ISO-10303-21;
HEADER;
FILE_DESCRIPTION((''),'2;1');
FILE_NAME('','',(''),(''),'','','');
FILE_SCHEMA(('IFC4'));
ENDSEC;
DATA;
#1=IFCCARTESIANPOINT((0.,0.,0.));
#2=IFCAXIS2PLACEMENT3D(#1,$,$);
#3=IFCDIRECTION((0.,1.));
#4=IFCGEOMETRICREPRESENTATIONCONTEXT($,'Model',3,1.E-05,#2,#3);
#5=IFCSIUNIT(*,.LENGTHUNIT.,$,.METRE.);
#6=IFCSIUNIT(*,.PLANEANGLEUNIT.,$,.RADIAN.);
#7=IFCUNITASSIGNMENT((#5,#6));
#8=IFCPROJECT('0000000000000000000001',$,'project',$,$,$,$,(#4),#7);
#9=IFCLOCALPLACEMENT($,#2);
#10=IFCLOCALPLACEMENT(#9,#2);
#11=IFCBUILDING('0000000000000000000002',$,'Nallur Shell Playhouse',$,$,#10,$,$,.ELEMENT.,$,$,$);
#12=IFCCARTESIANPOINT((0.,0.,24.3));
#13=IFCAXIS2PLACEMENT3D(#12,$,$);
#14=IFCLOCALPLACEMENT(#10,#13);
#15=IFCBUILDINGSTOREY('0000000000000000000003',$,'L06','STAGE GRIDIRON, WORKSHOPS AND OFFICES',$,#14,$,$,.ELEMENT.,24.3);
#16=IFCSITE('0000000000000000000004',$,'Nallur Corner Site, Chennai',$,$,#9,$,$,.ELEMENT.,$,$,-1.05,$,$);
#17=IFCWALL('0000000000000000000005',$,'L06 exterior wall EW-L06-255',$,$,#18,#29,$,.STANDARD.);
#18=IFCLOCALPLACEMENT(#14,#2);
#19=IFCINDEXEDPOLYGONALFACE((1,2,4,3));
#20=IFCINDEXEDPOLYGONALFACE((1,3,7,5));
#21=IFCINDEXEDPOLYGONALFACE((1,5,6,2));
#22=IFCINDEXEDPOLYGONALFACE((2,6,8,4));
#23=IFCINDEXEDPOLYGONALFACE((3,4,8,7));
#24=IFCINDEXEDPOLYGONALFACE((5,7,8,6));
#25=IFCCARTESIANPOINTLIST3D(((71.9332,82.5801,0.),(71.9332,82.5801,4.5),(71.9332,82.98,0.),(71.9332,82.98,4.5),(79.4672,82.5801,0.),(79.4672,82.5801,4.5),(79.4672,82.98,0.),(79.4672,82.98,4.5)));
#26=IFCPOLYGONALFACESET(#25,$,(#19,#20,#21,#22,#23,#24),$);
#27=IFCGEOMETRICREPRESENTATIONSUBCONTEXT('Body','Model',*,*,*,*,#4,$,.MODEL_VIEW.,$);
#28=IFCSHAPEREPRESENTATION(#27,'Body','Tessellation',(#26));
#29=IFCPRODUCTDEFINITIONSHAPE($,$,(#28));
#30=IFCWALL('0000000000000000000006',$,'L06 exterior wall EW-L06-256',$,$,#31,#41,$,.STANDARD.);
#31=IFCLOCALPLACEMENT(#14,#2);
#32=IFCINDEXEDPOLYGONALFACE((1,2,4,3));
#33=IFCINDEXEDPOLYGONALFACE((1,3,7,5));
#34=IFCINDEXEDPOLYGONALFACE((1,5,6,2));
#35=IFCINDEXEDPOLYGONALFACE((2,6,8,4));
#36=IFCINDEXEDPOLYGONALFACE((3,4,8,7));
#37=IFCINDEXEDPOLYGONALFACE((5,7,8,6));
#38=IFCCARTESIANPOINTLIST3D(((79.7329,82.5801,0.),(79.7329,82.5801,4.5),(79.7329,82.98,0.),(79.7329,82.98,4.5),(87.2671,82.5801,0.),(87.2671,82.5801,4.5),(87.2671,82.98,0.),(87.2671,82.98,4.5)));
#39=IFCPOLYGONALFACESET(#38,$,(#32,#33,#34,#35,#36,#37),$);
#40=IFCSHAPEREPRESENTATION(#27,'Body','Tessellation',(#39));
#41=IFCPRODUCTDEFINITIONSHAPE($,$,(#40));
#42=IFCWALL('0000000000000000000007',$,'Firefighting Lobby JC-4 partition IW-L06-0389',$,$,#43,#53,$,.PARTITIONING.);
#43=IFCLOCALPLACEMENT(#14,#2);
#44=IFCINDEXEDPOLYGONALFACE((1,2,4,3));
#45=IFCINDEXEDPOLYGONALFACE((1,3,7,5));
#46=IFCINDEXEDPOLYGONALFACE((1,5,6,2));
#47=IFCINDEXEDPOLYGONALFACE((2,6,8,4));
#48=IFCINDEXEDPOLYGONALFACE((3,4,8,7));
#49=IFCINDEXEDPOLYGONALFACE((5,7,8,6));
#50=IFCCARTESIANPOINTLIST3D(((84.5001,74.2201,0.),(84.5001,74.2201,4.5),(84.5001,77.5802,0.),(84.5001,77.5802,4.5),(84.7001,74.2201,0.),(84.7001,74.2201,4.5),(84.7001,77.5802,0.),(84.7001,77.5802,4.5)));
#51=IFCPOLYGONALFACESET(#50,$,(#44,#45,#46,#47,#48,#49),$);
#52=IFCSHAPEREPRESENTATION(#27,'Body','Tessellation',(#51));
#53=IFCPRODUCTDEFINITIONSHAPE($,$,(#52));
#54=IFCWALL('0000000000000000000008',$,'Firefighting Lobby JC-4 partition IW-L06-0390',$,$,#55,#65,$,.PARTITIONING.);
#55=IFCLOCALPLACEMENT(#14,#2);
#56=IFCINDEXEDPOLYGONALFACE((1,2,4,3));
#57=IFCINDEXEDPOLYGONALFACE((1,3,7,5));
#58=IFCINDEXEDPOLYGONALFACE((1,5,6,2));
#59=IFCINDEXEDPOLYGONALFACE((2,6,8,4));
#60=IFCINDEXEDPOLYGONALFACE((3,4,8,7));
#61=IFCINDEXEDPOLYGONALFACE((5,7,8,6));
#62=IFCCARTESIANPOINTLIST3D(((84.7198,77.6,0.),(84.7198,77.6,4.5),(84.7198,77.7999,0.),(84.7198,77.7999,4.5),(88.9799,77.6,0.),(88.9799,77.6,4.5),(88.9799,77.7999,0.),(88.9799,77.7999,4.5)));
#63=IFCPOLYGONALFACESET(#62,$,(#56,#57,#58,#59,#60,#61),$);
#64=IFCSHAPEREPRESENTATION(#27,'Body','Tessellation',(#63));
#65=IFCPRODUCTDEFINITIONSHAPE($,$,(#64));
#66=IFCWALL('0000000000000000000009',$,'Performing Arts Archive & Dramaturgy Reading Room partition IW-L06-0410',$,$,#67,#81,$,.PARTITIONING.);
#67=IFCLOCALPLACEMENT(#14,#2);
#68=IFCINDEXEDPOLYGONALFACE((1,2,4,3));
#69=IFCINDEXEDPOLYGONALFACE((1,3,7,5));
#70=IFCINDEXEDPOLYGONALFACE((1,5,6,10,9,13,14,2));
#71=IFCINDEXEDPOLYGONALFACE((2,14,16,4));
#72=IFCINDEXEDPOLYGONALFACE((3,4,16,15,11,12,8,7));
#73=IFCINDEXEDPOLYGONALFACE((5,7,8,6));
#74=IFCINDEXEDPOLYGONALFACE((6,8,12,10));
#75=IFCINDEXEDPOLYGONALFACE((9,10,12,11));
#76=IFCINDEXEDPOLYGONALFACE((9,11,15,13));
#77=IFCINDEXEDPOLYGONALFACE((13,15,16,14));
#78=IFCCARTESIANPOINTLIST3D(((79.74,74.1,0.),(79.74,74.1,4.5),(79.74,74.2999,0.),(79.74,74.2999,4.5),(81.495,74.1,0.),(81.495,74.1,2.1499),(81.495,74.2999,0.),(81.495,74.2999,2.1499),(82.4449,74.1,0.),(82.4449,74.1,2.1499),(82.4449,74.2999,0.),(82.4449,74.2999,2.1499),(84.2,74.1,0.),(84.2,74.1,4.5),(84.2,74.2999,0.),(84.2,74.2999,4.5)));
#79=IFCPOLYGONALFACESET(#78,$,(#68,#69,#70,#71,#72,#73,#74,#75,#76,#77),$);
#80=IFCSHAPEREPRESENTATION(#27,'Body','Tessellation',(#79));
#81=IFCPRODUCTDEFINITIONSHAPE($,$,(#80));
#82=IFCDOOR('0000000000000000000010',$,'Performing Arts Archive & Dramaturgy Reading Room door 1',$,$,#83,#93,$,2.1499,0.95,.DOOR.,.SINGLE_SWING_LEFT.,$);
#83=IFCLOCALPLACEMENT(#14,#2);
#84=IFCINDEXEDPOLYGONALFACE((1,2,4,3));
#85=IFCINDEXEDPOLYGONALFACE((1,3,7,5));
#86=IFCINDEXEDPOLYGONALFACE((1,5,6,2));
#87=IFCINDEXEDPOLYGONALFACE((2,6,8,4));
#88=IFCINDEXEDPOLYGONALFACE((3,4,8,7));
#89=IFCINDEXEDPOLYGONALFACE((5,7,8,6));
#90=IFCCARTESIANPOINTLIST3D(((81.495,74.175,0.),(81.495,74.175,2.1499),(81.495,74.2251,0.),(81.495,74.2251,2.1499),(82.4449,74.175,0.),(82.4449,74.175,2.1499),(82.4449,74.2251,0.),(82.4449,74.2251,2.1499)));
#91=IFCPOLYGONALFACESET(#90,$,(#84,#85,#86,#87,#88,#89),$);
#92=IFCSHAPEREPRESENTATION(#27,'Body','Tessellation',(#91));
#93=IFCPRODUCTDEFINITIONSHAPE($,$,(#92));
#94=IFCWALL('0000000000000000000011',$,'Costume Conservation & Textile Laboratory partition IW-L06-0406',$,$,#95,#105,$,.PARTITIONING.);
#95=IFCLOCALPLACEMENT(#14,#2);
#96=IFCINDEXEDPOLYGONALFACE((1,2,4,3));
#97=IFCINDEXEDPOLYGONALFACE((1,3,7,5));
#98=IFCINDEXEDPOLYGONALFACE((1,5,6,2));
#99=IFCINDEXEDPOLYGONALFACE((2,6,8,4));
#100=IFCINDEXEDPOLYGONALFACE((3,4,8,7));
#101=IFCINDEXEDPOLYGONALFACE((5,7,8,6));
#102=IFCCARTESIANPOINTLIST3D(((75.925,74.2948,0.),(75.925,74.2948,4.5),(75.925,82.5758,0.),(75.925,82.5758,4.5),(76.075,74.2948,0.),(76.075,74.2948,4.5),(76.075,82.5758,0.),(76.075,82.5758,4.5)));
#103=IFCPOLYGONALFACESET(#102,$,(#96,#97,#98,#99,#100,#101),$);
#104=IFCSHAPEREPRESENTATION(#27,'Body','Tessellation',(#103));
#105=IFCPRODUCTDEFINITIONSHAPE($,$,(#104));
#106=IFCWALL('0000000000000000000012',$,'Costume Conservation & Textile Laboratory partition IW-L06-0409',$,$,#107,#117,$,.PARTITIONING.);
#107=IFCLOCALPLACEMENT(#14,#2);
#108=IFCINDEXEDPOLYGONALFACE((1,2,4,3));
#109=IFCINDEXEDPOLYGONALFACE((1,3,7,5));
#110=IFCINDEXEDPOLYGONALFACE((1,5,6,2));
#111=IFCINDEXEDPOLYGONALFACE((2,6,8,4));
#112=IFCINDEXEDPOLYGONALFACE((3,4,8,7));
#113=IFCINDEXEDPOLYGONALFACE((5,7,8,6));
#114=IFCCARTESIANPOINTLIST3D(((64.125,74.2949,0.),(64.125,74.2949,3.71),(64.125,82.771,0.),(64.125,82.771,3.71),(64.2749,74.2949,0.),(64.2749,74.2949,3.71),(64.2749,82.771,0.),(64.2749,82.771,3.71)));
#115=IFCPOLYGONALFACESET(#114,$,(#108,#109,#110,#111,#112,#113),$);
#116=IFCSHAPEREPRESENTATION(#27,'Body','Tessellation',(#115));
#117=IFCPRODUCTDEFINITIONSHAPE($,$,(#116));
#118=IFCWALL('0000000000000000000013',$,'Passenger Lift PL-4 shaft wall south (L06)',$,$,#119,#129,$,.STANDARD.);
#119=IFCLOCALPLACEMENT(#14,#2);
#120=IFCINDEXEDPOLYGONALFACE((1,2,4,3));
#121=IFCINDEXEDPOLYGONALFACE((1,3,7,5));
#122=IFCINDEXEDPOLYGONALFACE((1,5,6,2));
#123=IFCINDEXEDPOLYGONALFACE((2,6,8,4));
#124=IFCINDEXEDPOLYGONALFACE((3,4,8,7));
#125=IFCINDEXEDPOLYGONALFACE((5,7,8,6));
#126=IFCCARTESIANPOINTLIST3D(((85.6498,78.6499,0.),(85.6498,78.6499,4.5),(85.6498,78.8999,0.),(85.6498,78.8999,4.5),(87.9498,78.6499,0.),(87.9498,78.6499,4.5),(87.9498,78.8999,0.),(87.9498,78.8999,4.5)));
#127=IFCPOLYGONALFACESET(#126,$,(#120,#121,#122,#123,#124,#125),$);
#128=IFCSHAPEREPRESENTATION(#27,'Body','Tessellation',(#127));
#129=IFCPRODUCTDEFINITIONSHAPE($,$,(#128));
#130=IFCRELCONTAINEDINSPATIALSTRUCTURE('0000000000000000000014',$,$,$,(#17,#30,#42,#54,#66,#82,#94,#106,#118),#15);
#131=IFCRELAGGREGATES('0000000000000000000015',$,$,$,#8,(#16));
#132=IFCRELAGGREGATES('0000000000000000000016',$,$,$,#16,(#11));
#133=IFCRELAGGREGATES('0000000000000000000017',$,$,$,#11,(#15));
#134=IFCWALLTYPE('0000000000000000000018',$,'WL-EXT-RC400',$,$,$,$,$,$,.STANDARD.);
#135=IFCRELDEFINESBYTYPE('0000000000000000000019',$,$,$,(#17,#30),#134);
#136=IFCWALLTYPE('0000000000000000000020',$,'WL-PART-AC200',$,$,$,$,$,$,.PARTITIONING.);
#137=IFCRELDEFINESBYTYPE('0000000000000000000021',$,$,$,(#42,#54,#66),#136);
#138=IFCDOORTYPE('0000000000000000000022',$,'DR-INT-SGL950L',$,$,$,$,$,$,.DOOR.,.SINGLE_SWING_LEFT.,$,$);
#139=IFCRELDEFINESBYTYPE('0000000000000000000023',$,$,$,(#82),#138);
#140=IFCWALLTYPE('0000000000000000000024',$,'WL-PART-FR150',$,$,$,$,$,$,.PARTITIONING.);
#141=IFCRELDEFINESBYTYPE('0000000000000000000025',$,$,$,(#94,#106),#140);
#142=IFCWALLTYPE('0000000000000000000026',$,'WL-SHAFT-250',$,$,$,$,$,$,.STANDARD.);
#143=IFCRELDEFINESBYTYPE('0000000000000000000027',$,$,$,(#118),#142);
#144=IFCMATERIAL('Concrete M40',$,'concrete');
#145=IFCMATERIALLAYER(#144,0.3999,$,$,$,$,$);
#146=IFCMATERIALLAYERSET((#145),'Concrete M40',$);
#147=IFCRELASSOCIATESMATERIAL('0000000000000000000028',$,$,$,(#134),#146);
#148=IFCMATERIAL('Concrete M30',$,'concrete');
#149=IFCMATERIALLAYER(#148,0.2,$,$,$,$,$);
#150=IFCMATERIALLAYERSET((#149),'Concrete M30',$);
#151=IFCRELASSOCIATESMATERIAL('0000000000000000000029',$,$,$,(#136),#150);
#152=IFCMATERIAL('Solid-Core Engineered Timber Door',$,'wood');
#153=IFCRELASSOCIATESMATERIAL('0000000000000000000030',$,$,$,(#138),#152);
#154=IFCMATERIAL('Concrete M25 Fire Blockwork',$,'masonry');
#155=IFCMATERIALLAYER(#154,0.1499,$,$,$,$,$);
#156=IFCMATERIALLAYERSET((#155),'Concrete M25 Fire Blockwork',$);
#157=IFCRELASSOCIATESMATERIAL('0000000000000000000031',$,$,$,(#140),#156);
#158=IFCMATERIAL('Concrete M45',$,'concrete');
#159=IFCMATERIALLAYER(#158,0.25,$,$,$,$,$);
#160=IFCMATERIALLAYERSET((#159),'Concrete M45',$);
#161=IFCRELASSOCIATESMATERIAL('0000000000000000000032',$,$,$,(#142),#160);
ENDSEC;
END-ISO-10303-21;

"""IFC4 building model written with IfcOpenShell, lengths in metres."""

from ifc_helpers import new_model, si_unit, direction, frame, frame_2d, origin, place, context, subcontext, project, spatial, rectangle, extrude, material, layer, layer_set, type_object, element, fill, save


model = new_model("IFC4")

# Units and contexts
model_context = context("Model", 3, precision=1e-05, world=origin(), true_north=direction((0.0, 1.0)))
body_context = subcontext(model_context, "Body", "Model", "MODEL_VIEW")
ifc_project = project(units=[si_unit("LENGTHUNIT", "METRE"), si_unit("PLANEANGLEUNIT", "RADIAN")], contexts=[model_context])

# Site, building, storey
site_placement = place(None, origin())
site = spatial("IfcSite", under=ifc_project, at=site_placement, Name="Nallur Corner Site, Chennai", CompositionType="ELEMENT", RefElevation=-1.05)
building_placement = place(site_placement, origin())
building = spatial("IfcBuilding", under=site, at=building_placement, Name="Nallur Shell Playhouse", CompositionType="ELEMENT")
storey_placement = place(building_placement, frame((0.0, 0.0, 24.3)))
storey = spatial("IfcBuildingStorey", under=building, at=storey_placement, Name="L06", Description="STAGE GRIDIRON, WORKSHOPS AND OFFICES", CompositionType="ELEMENT", Elevation=24.3)

# Shared definitions
ifc_material_1 = material(Name="Concrete M30", Category="concrete")

# Walls
ifc_material_2 = material(Name="Concrete M40", Category="concrete")
ifc_layer_1 = layer(ifc_material_2, 0.3999)
ifc_layer_set_1 = layer_set([ifc_layer_1], Name="Concrete M40")
wall_type_1 = type_object("IfcWallType", Name="WL-EXT-RC400", PredefinedType="STANDARD", material=ifc_layer_set_1)
wall_1_placement = place(storey_placement, frame((71.9331, 82.78, 0.0), z_axis=(0.0, 0.0, 1.0), x_axis=(1.0, 0.0, 0.0)))
element("IfcWall", 1, at=wall_1_placement, inside=storey, type_object=wall_type_1, Name="L06 exterior wall EW-L06-255", PredefinedType="STANDARD", context=body_context, shape_type="SweptSolid", body=[
    extrude(rectangle(XDim=7.5339, YDim=0.3999, at=frame_2d((3.7671, 0.0))), origin(), (0.0, 0.0, 1.0), 4.5),
])
wall_2_placement = place(storey_placement, frame((79.7329, 82.78, 0.0), z_axis=(0.0, 0.0, 1.0), x_axis=(1.0, 0.0, 0.0)))
element("IfcWall", 2, at=wall_2_placement, inside=storey, type_object=wall_type_1, Name="L06 exterior wall EW-L06-256", PredefinedType="STANDARD", context=body_context, shape_type="SweptSolid", body=[
    extrude(rectangle(XDim=7.5342, YDim=0.3999, at=frame_2d((3.7671, 0.0))), origin(), (0.0, 0.0, 1.0), 4.5),
])
ifc_layer_2 = layer(ifc_material_1, 0.2)
ifc_layer_set_2 = layer_set([ifc_layer_2], Name="Concrete M30")
wall_type_2 = type_object("IfcWallType", Name="WL-PART-AC200", PredefinedType="PARTITIONING", material=ifc_layer_set_2)
wall_3_placement = place(storey_placement, frame((84.6001, 74.22, 0.0), z_axis=(0.0, 0.0, 1.0), x_axis=(0.0, 1.0, 0.0)))
element("IfcWall", 3, at=wall_3_placement, inside=storey, type_object=wall_type_2, Name="Firefighting Lobby JC-4 partition IW-L06-0389", PredefinedType="PARTITIONING", context=body_context, shape_type="SweptSolid", body=[
    extrude(rectangle(XDim=3.3601, YDim=0.2, at=frame_2d((1.6802, 0.0))), origin(), (0.0, 0.0, 1.0), 4.5),
])
wall_4_placement = place(storey_placement, frame((84.72, 77.7, 0.0), z_axis=(0.0, 0.0, 1.0), x_axis=(1.0, 0.0, 0.0)))
element("IfcWall", 4, at=wall_4_placement, inside=storey, type_object=wall_type_2, Name="Firefighting Lobby JC-4 partition IW-L06-0390", PredefinedType="PARTITIONING", context=body_context, shape_type="SweptSolid", body=[
    extrude(rectangle(XDim=4.26, YDim=0.2, at=frame_2d((2.1299, 0.0))), origin(), (0.0, 0.0, 1.0), 4.5),
])

# Wall, opening, door
wall_5_placement = place(storey_placement, frame((84.2, 74.2, 0.0), z_axis=(0.0, 0.0, 1.0), x_axis=(-1.0, 0.0, 0.0)))
wall_5 = element("IfcWall", 5, at=wall_5_placement, inside=storey, type_object=wall_type_2, Name="Performing Arts Archive & Dramaturgy Reading Room partition IW-L06-0410", PredefinedType="PARTITIONING", context=body_context, shape_type="SweptSolid", body=[
    extrude(rectangle(XDim=4.46, YDim=0.2, at=frame_2d((2.23, 0.0))), origin(), (0.0, 0.0, 1.0), 4.5),
])
opening_placement = place(wall_5_placement, frame((1.7549, 0.0, 0.0)))
opening = element("IfcOpeningElement", 6, at=opening_placement, cuts=wall_5, PredefinedType="OPENING", context=body_context, shape_type="SweptSolid", body=[
    extrude(rectangle(XDim=0.95, YDim=2.1499, at=frame_2d((0.4751, 1.075))), frame((0.0, 0.1099, 0.0), z_axis=(0.0, -1.0, 0.0), x_axis=(1.0, 0.0, 0.0)), (0.0, 0.0, 1.0), 0.22),
])
ifc_material_3 = material(Name="Solid-Core Engineered Timber Door", Category="wood")
door_type = type_object("IfcDoorType", Name="DR-INT-SGL950L", OperationType="SINGLE_SWING_LEFT", PredefinedType="DOOR", material=ifc_material_3)
door_placement = place(opening_placement, origin())
door = element("IfcDoor", 7, at=door_placement, inside=storey, type_object=door_type, Name="Performing Arts Archive & Dramaturgy Reading Room door 1", OperationType="SINGLE_SWING_LEFT", OverallHeight=2.1499, OverallWidth=0.95, PredefinedType="DOOR", context=body_context, shape_type="SweptSolid", body=[
    extrude(rectangle(XDim=0.95, YDim=2.1499, at=frame_2d((0.4751, 1.075))), frame((0.0, 0.0249, 0.0), z_axis=(0.0, -1.0, 0.0), x_axis=(1.0, 0.0, 0.0)), (0.0, 0.0, 1.0), 0.05),
])
fill(opening, door)

# Walls
ifc_material_4 = material(Name="Concrete M25 Fire Blockwork", Category="masonry")
ifc_layer_3 = layer(ifc_material_4, 0.1499)
ifc_layer_set_3 = layer_set([ifc_layer_3], Name="Concrete M25 Fire Blockwork")
wall_type_3 = type_object("IfcWallType", Name="WL-PART-FR150", PredefinedType="PARTITIONING", material=ifc_layer_set_3)
wall_6_placement = place(storey_placement, frame((76.0, 82.5759, 0.0), z_axis=(0.0, 0.0, 1.0), x_axis=(0.0, -1.0, 0.0)))
element("IfcWall", 8, at=wall_6_placement, inside=storey, type_object=wall_type_3, Name="Costume Conservation & Textile Laboratory partition IW-L06-0406", PredefinedType="PARTITIONING", context=body_context, shape_type="SweptSolid", body=[
    extrude(rectangle(XDim=8.281, YDim=0.1499, at=frame_2d((4.1406, 0.0))), origin(), (0.0, 0.0, 1.0), 4.5),
])
wall_7_placement = place(storey_placement, frame((64.2, 74.2949, 0.0), z_axis=(0.0, 0.0, 1.0), x_axis=(0.0, 1.0, 0.0)))
element("IfcWall", 9, at=wall_7_placement, inside=storey, type_object=wall_type_3, Name="Costume Conservation & Textile Laboratory partition IW-L06-0409", PredefinedType="PARTITIONING", context=body_context, shape_type="SweptSolid", body=[
    extrude(rectangle(XDim=8.4761, YDim=0.1499, at=frame_2d((4.238, 0.0))), origin(), (0.0, 0.0, 1.0), 3.71),
])
ifc_material_5 = material(Name="Concrete M45", Category="concrete")
ifc_layer_4 = layer(ifc_material_5, 0.25)
ifc_layer_set_4 = layer_set([ifc_layer_4], Name="Concrete M45")
wall_type_4 = type_object("IfcWallType", Name="WL-SHAFT-250", PredefinedType="STANDARD", material=ifc_layer_set_4)
wall_8_placement = place(storey_placement, frame((85.6499, 78.7749, 0.0), z_axis=(0.0, 0.0, 1.0), x_axis=(1.0, 0.0, 0.0)))
element("IfcWall", 10, at=wall_8_placement, inside=storey, type_object=wall_type_4, Name="Passenger Lift PL-4 shaft wall south (L06)", PredefinedType="STANDARD", context=body_context, shape_type="SweptSolid", body=[
    extrude(rectangle(XDim=2.3, YDim=0.25, at=frame_2d((1.1499, 0.0))), origin(), (0.0, 0.0, 1.0), 4.5),
])

save(model, "model.ifc")
